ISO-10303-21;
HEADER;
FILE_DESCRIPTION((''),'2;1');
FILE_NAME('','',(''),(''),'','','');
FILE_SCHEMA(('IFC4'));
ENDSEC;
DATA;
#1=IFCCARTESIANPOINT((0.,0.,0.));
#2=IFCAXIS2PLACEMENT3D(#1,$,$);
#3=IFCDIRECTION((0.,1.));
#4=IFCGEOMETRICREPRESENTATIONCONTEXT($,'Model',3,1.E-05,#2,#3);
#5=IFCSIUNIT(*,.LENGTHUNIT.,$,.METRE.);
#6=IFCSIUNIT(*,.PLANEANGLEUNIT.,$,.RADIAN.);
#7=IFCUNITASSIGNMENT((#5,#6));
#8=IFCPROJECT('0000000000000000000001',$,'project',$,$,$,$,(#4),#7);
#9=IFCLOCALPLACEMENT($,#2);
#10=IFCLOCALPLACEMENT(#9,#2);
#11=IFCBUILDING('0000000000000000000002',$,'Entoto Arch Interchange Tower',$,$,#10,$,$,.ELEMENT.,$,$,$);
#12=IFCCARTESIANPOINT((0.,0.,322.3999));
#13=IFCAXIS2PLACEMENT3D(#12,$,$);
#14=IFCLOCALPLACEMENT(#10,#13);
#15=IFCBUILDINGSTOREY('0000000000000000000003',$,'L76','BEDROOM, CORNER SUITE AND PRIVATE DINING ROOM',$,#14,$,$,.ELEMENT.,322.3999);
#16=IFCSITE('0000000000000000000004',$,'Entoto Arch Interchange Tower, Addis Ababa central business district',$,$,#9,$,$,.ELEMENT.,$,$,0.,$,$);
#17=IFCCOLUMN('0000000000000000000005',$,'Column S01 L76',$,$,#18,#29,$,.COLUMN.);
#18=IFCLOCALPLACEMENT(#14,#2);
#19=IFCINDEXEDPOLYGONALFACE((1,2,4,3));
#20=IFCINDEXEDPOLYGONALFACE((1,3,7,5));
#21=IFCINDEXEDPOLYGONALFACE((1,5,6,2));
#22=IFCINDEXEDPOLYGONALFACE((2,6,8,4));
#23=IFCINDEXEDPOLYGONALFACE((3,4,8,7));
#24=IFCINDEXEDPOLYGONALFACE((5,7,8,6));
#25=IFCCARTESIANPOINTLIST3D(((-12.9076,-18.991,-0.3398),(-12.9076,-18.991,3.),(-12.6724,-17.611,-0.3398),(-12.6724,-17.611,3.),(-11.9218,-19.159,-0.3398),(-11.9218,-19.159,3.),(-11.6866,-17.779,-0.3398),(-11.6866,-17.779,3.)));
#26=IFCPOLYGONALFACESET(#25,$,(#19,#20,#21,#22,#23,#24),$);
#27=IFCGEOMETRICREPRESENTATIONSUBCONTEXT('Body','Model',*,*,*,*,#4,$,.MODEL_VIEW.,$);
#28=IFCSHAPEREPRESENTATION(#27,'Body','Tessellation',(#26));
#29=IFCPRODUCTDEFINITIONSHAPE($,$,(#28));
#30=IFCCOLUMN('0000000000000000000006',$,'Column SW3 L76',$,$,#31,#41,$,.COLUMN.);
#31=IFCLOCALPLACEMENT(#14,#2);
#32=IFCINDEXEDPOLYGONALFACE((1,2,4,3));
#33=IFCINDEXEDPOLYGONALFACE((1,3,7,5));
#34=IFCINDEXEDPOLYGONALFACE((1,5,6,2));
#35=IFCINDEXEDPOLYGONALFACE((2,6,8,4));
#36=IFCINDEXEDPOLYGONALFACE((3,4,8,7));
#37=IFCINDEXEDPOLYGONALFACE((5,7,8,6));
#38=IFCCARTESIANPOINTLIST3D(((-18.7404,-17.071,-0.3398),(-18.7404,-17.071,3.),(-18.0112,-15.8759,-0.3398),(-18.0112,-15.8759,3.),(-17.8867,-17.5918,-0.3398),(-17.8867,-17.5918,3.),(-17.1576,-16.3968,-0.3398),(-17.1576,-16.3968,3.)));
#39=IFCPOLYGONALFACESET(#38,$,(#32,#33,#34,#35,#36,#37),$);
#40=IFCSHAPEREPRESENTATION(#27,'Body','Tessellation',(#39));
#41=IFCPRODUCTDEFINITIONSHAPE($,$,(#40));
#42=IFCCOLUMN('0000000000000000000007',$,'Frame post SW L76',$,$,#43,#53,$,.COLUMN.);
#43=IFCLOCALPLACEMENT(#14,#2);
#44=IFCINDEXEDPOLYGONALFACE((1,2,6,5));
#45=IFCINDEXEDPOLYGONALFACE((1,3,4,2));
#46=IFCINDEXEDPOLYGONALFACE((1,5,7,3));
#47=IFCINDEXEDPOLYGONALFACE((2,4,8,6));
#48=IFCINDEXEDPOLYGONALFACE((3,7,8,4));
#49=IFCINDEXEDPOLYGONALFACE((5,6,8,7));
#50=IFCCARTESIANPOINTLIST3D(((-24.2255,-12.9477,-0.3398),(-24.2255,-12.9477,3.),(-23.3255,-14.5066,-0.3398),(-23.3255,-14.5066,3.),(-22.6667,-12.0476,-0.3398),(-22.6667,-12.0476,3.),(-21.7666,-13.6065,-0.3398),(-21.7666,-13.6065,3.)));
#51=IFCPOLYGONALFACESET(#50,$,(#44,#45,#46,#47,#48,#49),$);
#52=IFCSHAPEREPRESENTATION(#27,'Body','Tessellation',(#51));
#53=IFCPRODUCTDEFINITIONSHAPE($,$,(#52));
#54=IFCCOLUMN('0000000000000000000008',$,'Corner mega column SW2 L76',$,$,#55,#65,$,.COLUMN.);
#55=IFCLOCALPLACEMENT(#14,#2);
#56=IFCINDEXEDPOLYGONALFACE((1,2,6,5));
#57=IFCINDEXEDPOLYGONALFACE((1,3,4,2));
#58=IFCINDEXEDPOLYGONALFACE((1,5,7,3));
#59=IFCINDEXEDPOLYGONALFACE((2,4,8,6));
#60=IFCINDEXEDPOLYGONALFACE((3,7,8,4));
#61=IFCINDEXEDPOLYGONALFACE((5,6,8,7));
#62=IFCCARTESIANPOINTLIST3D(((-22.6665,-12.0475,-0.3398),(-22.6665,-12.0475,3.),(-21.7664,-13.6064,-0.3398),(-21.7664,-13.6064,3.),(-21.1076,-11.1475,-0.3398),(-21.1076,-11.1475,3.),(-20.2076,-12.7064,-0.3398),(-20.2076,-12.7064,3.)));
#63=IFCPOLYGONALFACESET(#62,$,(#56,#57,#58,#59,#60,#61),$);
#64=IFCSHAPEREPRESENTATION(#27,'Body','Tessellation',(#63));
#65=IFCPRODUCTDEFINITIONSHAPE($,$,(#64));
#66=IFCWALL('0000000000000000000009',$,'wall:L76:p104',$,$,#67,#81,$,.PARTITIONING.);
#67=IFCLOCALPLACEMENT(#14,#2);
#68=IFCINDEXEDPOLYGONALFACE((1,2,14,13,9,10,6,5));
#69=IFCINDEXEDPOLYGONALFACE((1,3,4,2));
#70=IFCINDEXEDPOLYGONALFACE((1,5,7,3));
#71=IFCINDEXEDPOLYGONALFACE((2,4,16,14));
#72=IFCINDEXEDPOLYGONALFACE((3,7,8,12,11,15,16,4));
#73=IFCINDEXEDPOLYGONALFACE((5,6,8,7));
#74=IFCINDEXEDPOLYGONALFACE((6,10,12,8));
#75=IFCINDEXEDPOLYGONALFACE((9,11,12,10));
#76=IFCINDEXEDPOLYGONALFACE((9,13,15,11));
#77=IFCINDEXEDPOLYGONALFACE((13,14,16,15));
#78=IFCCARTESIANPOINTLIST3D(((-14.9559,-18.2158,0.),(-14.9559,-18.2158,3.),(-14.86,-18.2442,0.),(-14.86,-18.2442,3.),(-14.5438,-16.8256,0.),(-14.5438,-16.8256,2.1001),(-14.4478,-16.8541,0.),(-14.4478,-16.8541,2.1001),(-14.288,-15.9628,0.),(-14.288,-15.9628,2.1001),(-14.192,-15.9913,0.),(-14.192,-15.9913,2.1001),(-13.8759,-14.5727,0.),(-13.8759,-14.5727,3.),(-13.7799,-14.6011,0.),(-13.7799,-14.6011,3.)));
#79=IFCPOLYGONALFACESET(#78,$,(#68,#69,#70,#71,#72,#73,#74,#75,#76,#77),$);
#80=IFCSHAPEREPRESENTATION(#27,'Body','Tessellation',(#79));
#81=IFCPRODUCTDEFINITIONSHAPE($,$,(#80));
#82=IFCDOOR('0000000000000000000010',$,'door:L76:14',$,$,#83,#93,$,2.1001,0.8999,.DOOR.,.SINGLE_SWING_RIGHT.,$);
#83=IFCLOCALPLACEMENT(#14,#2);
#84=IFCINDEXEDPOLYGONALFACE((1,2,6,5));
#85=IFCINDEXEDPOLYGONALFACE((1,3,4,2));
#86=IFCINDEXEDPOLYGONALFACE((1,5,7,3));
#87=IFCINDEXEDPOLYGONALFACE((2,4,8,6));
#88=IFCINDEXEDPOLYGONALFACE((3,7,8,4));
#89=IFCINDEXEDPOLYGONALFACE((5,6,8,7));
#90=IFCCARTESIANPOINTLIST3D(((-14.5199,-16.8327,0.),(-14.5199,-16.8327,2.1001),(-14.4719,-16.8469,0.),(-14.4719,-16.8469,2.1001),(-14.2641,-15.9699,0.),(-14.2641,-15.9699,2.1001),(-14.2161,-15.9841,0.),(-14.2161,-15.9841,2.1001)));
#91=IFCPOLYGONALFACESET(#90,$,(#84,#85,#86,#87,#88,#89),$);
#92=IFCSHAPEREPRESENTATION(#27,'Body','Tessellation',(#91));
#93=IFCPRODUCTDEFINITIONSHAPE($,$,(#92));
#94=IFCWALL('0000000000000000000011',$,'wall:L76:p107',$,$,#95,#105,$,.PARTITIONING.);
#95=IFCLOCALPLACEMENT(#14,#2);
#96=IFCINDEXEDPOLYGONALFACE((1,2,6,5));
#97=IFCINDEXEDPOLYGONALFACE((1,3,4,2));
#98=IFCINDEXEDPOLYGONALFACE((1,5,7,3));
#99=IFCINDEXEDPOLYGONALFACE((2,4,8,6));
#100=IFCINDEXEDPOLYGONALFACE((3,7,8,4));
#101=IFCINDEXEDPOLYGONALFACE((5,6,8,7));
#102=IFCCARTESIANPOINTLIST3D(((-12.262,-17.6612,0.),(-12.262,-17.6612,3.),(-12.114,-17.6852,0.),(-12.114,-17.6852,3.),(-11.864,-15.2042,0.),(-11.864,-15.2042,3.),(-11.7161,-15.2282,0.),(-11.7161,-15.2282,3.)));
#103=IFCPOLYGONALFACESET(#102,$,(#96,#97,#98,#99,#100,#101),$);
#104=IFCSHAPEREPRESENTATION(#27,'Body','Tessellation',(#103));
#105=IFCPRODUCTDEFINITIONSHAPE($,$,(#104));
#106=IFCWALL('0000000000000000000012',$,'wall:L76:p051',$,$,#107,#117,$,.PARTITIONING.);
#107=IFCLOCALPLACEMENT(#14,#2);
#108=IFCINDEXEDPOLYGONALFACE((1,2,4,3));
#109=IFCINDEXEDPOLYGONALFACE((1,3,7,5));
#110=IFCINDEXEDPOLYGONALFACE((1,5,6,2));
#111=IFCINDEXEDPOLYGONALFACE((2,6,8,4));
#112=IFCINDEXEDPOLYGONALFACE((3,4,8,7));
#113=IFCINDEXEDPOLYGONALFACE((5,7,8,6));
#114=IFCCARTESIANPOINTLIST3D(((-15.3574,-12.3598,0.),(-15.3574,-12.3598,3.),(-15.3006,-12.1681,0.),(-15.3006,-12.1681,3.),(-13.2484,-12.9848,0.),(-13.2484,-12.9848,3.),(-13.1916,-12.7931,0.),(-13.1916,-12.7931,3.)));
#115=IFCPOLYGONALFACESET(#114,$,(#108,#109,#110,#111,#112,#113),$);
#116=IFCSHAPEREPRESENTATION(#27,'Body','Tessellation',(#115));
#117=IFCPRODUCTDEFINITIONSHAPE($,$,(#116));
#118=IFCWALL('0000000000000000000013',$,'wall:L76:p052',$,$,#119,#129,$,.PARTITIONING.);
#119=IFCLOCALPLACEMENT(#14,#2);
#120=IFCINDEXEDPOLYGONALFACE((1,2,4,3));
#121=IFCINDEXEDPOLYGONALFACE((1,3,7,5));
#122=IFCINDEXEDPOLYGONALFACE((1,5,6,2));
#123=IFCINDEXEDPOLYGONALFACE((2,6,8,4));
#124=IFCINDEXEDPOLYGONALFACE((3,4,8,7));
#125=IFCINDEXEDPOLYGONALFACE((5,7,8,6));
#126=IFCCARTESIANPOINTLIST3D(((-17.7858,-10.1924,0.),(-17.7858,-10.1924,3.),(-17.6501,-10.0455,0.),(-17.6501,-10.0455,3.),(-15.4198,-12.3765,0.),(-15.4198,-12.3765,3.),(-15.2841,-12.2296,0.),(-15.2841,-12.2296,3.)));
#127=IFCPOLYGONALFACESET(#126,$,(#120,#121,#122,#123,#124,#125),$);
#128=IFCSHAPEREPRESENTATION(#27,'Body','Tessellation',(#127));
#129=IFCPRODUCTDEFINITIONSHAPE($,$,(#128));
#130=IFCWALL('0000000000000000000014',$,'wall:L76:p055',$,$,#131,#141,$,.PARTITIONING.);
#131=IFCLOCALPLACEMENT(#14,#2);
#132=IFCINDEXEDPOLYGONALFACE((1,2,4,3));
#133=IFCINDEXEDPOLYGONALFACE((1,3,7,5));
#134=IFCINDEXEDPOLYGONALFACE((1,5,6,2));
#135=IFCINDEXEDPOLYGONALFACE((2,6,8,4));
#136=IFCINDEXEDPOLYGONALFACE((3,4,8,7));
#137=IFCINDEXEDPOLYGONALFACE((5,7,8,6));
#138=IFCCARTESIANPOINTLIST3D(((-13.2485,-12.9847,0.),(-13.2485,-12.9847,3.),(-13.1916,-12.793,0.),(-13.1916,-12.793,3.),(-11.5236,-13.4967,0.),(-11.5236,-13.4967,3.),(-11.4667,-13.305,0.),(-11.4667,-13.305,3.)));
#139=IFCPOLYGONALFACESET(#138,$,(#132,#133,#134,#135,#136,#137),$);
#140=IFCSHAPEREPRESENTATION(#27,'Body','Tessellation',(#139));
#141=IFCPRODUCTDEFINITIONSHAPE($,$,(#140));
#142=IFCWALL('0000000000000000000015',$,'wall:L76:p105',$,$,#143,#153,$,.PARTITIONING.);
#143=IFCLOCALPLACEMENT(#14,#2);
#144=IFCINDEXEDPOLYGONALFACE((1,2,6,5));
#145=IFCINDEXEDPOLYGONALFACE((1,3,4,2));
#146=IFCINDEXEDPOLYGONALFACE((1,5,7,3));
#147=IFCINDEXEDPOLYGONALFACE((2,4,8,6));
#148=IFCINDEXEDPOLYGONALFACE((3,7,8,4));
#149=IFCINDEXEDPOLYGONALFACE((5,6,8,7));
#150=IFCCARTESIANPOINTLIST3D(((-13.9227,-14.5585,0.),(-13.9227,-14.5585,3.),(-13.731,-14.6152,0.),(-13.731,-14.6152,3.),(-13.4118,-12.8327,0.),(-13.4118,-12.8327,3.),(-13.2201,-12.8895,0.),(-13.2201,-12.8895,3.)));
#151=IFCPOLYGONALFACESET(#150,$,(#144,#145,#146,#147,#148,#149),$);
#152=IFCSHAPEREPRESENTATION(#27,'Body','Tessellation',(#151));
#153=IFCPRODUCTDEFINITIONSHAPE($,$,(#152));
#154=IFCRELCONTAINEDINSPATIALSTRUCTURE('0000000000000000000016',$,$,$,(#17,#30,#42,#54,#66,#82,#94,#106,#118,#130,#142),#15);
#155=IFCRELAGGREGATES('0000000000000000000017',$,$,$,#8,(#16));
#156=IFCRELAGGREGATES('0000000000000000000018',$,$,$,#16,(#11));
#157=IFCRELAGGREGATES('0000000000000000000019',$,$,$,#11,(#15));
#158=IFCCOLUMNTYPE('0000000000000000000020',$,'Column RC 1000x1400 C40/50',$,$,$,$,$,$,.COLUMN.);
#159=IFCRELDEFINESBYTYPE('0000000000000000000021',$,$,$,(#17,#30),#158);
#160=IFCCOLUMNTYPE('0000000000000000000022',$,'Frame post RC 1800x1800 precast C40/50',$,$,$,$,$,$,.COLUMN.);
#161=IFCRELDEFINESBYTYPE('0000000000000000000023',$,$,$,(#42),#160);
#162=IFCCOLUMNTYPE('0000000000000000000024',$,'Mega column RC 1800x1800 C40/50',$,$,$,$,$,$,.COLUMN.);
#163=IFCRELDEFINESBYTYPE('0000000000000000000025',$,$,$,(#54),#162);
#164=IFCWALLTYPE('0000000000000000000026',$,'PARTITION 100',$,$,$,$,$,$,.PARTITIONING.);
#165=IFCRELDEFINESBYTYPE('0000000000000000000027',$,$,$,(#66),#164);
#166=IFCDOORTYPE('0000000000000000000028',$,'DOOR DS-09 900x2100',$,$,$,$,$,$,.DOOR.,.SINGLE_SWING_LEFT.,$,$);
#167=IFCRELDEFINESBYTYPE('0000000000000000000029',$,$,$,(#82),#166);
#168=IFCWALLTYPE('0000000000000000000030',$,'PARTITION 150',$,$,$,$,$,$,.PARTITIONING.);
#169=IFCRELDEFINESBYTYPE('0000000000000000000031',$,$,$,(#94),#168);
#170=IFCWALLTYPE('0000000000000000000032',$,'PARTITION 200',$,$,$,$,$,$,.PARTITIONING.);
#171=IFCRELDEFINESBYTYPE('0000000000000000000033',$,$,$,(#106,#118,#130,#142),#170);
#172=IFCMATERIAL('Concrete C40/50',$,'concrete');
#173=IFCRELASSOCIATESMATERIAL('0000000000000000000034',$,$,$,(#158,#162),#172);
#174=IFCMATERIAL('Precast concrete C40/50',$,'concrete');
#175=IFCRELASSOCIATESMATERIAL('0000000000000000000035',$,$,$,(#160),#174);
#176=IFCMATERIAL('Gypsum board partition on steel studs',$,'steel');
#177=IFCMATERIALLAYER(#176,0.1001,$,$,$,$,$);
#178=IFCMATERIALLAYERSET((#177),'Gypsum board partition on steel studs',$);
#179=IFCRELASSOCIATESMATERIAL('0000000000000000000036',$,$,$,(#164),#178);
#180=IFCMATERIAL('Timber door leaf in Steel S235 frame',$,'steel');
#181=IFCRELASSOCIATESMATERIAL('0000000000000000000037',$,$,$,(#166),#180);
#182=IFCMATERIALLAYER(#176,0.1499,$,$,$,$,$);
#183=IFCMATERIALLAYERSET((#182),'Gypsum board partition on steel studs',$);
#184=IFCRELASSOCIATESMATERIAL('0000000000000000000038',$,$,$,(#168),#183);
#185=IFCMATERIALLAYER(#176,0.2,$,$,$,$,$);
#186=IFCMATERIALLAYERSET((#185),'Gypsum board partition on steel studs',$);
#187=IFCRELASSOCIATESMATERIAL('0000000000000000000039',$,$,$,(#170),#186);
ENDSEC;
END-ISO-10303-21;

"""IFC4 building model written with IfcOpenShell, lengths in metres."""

from ifc_helpers import new_model, si_unit, direction, frame, frame_2d, origin, origin_2d, place, context, subcontext, project, spatial, rectangle, extrude, material, layer, layer_set, material_profile, profile_set, type_object, element, fill, save


model = new_model("IFC4")

# Units and contexts
model_context = context("Model", 3, precision=1e-05, world=origin(), true_north=direction((0.0, 1.0)))
body_context = subcontext(model_context, "Body", "Model", "MODEL_VIEW")
ifc_project = project(units=[si_unit("LENGTHUNIT", "METRE"), si_unit("PLANEANGLEUNIT", "RADIAN")], contexts=[model_context])

# Site, building, storey
site_placement = place(None, origin())
site = spatial("IfcSite", under=ifc_project, at=site_placement, Name="Entoto Arch Interchange Tower, Addis Ababa central business district", CompositionType="ELEMENT", RefElevation=0.0)
building_placement = place(site_placement, origin())
building = spatial("IfcBuilding", under=site, at=building_placement, Name="Entoto Arch Interchange Tower", CompositionType="ELEMENT")
storey_placement = place(building_placement, frame((0.0, 0.0, 322.3999)))
storey = spatial("IfcBuildingStorey", under=building, at=storey_placement, Name="L76", Description="BEDROOM, CORNER SUITE AND PRIVATE DINING ROOM", CompositionType="ELEMENT", Elevation=322.3999)

# Columns
ifc_material_1 = material(Name="Concrete C40/50", Category="concrete")
ifc_material_profile_1 = material_profile(ifc_material_1, rectangle(XDim=1.0, YDim=1.3999, at=origin_2d()))
ifc_profile_set_1 = profile_set([ifc_material_profile_1], Name="Concrete C40/50")
column_type_1 = type_object("IfcColumnType", Name="Column RC 1000x1400 C40/50", PredefinedType="COLUMN", material=ifc_profile_set_1)
for number, where, z_axis, x_axis, name in (
    (1, (-12.2971, -18.385, -0.3398), (0.0, 0.0, 1.0), (-0.985786, 0.168008, 0.0), "Column S01 L76"),
    (2, (-17.949, -16.7339, -0.3398), (0.0, 0.0, 1.0), (-0.853651, 0.520846, 0.0), "Column SW3 L76"),
):
    element("IfcColumn", number, at=place(storey_placement, frame(where, z_axis=z_axis, x_axis=x_axis)), inside=storey, type_object=column_type_1, Name=name, PredefinedType="COLUMN", context=body_context, shape_type="SweptSolid", body=[
        extrude(rectangle(XDim=1.0, YDim=1.3999, at=origin_2d()), origin(), (0.0, 0.0, 1.0), 3.3398),
    ])
ifc_material_2 = material(Name="Precast concrete C40/50", Category="concrete")
ifc_material_profile_2 = material_profile(ifc_material_2, rectangle(XDim=1.8, YDim=1.8, at=origin_2d()))
ifc_profile_set_2 = profile_set([ifc_material_profile_2], Name="Precast concrete C40/50")
column_type_2 = type_object("IfcColumnType", Name="Frame post RC 1800x1800 precast C40/50", PredefinedType="COLUMN", material=ifc_profile_set_2)
column_1_placement = place(storey_placement, frame((-22.9961, -13.2771, -0.3398), z_axis=(0.0, 0.0, 1.0), x_axis=(0.866025, 0.5, 0.0)))
element("IfcColumn", 3, at=column_1_placement, inside=storey, type_object=column_type_2, Name="Frame post SW L76", PredefinedType="COLUMN", context=body_context, shape_type="SweptSolid", body=[
    extrude(rectangle(XDim=1.8, YDim=1.8, at=origin_2d()), origin(), (0.0, 0.0, 1.0), 3.3398),
])
ifc_material_profile_3 = material_profile(ifc_material_1, rectangle(XDim=1.8, YDim=1.8, at=origin_2d()))
ifc_profile_set_3 = profile_set([ifc_material_profile_3], Name="Concrete C40/50")
column_type_3 = type_object("IfcColumnType", Name="Mega column RC 1800x1800 C40/50", PredefinedType="COLUMN", material=ifc_profile_set_3)
column_2_placement = place(storey_placement, frame((-21.437, -12.377, -0.3398), z_axis=(0.0, 0.0, 1.0), x_axis=(0.866025, 0.5, 0.0)))
element("IfcColumn", 4, at=column_2_placement, inside=storey, type_object=column_type_3, Name="Corner mega column SW2 L76", PredefinedType="COLUMN", context=body_context, shape_type="SweptSolid", body=[
    extrude(rectangle(XDim=1.8, YDim=1.8, at=origin_2d()), origin(), (0.0, 0.0, 1.0), 3.3398),
])

# Wall, opening, door
ifc_material_3 = material(Name="Gypsum board partition on steel studs", Category="steel")
ifc_layer_1 = layer(ifc_material_3, 0.1001)
ifc_layer_set_1 = layer_set([ifc_layer_1], Name="Gypsum board partition on steel studs")
wall_type_1 = type_object("IfcWallType", Name="PARTITION 100", PredefinedType="PARTITIONING", material=ifc_layer_set_1)
wall_1_placement = place(storey_placement, frame((-13.8279, -14.5869, 0.0), z_axis=(0.0, 0.0, 1.0), x_axis=(-0.284246, -0.958751, 0.0)))
wall_1 = element("IfcWall", 5, at=wall_1_placement, inside=storey, type_object=wall_type_1, Name="wall:L76:p104", PredefinedType="PARTITIONING", context=body_context, shape_type="SweptSolid", body=[
    extrude(rectangle(XDim=3.7998, YDim=0.1001, at=frame_2d((1.8999, 0.0))), origin(), (0.0, 0.0, 1.0), 3.0),
])
opening_1_placement = place(wall_1_placement, frame((1.45, 0.0, 0.0)))
opening_1 = element("IfcOpeningElement", 6, at=opening_1_placement, cuts=wall_1, PredefinedType="OPENING", context=body_context, shape_type="SweptSolid", body=[
    extrude(rectangle(XDim=0.8999, YDim=2.1001, at=frame_2d((0.45, 1.05))), frame((0.0, 0.0601, 0.0), z_axis=(0.0, -1.0, 0.0), x_axis=(1.0, 0.0, 0.0)), (0.0, 0.0, 1.0), 0.1201),
])
ifc_material_4 = material(Name="Timber door leaf in Steel S235 frame", Category="steel")
door_type = type_object("IfcDoorType", Name="DOOR DS-09 900x2100", OperationType="SINGLE_SWING_LEFT", PredefinedType="DOOR", material=ifc_material_4)
door_1_placement = place(opening_1_placement, origin())
door_1 = element("IfcDoor", 7, at=door_1_placement, inside=storey, type_object=door_type, Name="door:L76:14", OperationType="SINGLE_SWING_RIGHT", OverallHeight=2.1001, OverallWidth=0.8999, PredefinedType="DOOR", context=body_context, shape_type="SweptSolid", body=[
    extrude(rectangle(XDim=0.8999, YDim=2.1001, at=frame_2d((0.45, 1.05))), frame((0.0, 0.0249, 0.0), z_axis=(0.0, -1.0, 0.0), x_axis=(1.0, 0.0, 0.0)), (0.0, 0.0, 1.0), 0.05),
])
fill(opening_1, door_1)

# Walls
ifc_layer_2 = layer(ifc_material_3, 0.1499)
ifc_layer_set_2 = layer_set([ifc_layer_2], Name="Gypsum board partition on steel studs")
wall_type_2 = type_object("IfcWallType", Name="PARTITION 150", PredefinedType="PARTITIONING", material=ifc_layer_set_2)
wall_2_placement = place(storey_placement, frame((-11.79, -15.2161, 0.0), z_axis=(0.0, 0.0, 1.0), x_axis=(-0.15988, -0.987136, 0.0)))
element("IfcWall", 8, at=wall_2_placement, inside=storey, type_object=wall_type_2, Name="wall:L76:p107", PredefinedType="PARTITIONING", context=body_context, shape_type="SweptSolid", body=[
    extrude(rectangle(XDim=2.489, YDim=0.1499, at=frame_2d((1.2446, 0.0))), origin(), (0.0, 0.0, 1.0), 3.0),
])
ifc_layer_3 = layer(ifc_material_3, 0.2)
ifc_layer_set_3 = layer_set([ifc_layer_3], Name="Gypsum board partition on steel studs")
wall_type_3 = type_object("IfcWallType", Name="PARTITION 200", PredefinedType="PARTITIONING", material=ifc_layer_set_3)
wall_3_placement = place(storey_placement, frame((-13.22, -12.8889, 0.0), z_axis=(0.0, 0.0, 1.0), x_axis=(-0.958789, 0.284119, 0.0)))
element("IfcWall", 9, at=wall_3_placement, inside=storey, type_object=wall_type_3, Name="wall:L76:p051", PredefinedType="PARTITIONING", context=body_context, shape_type="SweptSolid", body=[
    extrude(rectangle(XDim=2.1997, YDim=0.2, at=frame_2d((1.0999, 0.0))), origin(), (0.0, 0.0, 1.0), 3.0),
])
wall_4_placement = place(storey_placement, frame((-15.3521, -12.303, 0.0), z_axis=(0.0, 0.0, 1.0), x_axis=(-0.734786, 0.678299, 0.0)))
element("IfcWall", 10, at=wall_4_placement, inside=storey, type_object=wall_type_3, Name="wall:L76:p052", PredefinedType="PARTITIONING", context=body_context, shape_type="SweptSolid", body=[
    extrude(rectangle(XDim=3.22, YDim=0.2, at=frame_2d((1.6099, 0.0))), origin(), (0.0, 0.0, 1.0), 3.0),
])
wall_5_placement = place(storey_placement, frame((-11.4951, -13.4009, 0.0), z_axis=(0.0, 0.0, 1.0), x_axis=(-0.958662, 0.284546, 0.0)))
element("IfcWall", 11, at=wall_5_placement, inside=storey, type_object=wall_type_3, Name="wall:L76:p055", PredefinedType="PARTITIONING", context=body_context, shape_type="SweptSolid", body=[
    extrude(rectangle(XDim=1.7993, YDim=0.2, at=frame_2d((0.8997, 0.0))), origin(), (0.0, 0.0, 1.0), 3.0),
])
wall_6_placement = place(storey_placement, frame((-13.3159, -12.8611, 0.0), z_axis=(0.0, 0.0, 1.0), x_axis=(-0.283899, -0.958854, 0.0)))
element("IfcWall", 12, at=wall_6_placement, inside=storey, type_object=wall_type_3, Name="wall:L76:p105", PredefinedType="PARTITIONING", context=body_context, shape_type="SweptSolid", body=[
    extrude(rectangle(XDim=1.7998, YDim=0.2, at=frame_2d((0.8999, 0.0))), origin(), (0.0, 0.0, 1.0), 3.0),
])

save(model, "model.ifc")
